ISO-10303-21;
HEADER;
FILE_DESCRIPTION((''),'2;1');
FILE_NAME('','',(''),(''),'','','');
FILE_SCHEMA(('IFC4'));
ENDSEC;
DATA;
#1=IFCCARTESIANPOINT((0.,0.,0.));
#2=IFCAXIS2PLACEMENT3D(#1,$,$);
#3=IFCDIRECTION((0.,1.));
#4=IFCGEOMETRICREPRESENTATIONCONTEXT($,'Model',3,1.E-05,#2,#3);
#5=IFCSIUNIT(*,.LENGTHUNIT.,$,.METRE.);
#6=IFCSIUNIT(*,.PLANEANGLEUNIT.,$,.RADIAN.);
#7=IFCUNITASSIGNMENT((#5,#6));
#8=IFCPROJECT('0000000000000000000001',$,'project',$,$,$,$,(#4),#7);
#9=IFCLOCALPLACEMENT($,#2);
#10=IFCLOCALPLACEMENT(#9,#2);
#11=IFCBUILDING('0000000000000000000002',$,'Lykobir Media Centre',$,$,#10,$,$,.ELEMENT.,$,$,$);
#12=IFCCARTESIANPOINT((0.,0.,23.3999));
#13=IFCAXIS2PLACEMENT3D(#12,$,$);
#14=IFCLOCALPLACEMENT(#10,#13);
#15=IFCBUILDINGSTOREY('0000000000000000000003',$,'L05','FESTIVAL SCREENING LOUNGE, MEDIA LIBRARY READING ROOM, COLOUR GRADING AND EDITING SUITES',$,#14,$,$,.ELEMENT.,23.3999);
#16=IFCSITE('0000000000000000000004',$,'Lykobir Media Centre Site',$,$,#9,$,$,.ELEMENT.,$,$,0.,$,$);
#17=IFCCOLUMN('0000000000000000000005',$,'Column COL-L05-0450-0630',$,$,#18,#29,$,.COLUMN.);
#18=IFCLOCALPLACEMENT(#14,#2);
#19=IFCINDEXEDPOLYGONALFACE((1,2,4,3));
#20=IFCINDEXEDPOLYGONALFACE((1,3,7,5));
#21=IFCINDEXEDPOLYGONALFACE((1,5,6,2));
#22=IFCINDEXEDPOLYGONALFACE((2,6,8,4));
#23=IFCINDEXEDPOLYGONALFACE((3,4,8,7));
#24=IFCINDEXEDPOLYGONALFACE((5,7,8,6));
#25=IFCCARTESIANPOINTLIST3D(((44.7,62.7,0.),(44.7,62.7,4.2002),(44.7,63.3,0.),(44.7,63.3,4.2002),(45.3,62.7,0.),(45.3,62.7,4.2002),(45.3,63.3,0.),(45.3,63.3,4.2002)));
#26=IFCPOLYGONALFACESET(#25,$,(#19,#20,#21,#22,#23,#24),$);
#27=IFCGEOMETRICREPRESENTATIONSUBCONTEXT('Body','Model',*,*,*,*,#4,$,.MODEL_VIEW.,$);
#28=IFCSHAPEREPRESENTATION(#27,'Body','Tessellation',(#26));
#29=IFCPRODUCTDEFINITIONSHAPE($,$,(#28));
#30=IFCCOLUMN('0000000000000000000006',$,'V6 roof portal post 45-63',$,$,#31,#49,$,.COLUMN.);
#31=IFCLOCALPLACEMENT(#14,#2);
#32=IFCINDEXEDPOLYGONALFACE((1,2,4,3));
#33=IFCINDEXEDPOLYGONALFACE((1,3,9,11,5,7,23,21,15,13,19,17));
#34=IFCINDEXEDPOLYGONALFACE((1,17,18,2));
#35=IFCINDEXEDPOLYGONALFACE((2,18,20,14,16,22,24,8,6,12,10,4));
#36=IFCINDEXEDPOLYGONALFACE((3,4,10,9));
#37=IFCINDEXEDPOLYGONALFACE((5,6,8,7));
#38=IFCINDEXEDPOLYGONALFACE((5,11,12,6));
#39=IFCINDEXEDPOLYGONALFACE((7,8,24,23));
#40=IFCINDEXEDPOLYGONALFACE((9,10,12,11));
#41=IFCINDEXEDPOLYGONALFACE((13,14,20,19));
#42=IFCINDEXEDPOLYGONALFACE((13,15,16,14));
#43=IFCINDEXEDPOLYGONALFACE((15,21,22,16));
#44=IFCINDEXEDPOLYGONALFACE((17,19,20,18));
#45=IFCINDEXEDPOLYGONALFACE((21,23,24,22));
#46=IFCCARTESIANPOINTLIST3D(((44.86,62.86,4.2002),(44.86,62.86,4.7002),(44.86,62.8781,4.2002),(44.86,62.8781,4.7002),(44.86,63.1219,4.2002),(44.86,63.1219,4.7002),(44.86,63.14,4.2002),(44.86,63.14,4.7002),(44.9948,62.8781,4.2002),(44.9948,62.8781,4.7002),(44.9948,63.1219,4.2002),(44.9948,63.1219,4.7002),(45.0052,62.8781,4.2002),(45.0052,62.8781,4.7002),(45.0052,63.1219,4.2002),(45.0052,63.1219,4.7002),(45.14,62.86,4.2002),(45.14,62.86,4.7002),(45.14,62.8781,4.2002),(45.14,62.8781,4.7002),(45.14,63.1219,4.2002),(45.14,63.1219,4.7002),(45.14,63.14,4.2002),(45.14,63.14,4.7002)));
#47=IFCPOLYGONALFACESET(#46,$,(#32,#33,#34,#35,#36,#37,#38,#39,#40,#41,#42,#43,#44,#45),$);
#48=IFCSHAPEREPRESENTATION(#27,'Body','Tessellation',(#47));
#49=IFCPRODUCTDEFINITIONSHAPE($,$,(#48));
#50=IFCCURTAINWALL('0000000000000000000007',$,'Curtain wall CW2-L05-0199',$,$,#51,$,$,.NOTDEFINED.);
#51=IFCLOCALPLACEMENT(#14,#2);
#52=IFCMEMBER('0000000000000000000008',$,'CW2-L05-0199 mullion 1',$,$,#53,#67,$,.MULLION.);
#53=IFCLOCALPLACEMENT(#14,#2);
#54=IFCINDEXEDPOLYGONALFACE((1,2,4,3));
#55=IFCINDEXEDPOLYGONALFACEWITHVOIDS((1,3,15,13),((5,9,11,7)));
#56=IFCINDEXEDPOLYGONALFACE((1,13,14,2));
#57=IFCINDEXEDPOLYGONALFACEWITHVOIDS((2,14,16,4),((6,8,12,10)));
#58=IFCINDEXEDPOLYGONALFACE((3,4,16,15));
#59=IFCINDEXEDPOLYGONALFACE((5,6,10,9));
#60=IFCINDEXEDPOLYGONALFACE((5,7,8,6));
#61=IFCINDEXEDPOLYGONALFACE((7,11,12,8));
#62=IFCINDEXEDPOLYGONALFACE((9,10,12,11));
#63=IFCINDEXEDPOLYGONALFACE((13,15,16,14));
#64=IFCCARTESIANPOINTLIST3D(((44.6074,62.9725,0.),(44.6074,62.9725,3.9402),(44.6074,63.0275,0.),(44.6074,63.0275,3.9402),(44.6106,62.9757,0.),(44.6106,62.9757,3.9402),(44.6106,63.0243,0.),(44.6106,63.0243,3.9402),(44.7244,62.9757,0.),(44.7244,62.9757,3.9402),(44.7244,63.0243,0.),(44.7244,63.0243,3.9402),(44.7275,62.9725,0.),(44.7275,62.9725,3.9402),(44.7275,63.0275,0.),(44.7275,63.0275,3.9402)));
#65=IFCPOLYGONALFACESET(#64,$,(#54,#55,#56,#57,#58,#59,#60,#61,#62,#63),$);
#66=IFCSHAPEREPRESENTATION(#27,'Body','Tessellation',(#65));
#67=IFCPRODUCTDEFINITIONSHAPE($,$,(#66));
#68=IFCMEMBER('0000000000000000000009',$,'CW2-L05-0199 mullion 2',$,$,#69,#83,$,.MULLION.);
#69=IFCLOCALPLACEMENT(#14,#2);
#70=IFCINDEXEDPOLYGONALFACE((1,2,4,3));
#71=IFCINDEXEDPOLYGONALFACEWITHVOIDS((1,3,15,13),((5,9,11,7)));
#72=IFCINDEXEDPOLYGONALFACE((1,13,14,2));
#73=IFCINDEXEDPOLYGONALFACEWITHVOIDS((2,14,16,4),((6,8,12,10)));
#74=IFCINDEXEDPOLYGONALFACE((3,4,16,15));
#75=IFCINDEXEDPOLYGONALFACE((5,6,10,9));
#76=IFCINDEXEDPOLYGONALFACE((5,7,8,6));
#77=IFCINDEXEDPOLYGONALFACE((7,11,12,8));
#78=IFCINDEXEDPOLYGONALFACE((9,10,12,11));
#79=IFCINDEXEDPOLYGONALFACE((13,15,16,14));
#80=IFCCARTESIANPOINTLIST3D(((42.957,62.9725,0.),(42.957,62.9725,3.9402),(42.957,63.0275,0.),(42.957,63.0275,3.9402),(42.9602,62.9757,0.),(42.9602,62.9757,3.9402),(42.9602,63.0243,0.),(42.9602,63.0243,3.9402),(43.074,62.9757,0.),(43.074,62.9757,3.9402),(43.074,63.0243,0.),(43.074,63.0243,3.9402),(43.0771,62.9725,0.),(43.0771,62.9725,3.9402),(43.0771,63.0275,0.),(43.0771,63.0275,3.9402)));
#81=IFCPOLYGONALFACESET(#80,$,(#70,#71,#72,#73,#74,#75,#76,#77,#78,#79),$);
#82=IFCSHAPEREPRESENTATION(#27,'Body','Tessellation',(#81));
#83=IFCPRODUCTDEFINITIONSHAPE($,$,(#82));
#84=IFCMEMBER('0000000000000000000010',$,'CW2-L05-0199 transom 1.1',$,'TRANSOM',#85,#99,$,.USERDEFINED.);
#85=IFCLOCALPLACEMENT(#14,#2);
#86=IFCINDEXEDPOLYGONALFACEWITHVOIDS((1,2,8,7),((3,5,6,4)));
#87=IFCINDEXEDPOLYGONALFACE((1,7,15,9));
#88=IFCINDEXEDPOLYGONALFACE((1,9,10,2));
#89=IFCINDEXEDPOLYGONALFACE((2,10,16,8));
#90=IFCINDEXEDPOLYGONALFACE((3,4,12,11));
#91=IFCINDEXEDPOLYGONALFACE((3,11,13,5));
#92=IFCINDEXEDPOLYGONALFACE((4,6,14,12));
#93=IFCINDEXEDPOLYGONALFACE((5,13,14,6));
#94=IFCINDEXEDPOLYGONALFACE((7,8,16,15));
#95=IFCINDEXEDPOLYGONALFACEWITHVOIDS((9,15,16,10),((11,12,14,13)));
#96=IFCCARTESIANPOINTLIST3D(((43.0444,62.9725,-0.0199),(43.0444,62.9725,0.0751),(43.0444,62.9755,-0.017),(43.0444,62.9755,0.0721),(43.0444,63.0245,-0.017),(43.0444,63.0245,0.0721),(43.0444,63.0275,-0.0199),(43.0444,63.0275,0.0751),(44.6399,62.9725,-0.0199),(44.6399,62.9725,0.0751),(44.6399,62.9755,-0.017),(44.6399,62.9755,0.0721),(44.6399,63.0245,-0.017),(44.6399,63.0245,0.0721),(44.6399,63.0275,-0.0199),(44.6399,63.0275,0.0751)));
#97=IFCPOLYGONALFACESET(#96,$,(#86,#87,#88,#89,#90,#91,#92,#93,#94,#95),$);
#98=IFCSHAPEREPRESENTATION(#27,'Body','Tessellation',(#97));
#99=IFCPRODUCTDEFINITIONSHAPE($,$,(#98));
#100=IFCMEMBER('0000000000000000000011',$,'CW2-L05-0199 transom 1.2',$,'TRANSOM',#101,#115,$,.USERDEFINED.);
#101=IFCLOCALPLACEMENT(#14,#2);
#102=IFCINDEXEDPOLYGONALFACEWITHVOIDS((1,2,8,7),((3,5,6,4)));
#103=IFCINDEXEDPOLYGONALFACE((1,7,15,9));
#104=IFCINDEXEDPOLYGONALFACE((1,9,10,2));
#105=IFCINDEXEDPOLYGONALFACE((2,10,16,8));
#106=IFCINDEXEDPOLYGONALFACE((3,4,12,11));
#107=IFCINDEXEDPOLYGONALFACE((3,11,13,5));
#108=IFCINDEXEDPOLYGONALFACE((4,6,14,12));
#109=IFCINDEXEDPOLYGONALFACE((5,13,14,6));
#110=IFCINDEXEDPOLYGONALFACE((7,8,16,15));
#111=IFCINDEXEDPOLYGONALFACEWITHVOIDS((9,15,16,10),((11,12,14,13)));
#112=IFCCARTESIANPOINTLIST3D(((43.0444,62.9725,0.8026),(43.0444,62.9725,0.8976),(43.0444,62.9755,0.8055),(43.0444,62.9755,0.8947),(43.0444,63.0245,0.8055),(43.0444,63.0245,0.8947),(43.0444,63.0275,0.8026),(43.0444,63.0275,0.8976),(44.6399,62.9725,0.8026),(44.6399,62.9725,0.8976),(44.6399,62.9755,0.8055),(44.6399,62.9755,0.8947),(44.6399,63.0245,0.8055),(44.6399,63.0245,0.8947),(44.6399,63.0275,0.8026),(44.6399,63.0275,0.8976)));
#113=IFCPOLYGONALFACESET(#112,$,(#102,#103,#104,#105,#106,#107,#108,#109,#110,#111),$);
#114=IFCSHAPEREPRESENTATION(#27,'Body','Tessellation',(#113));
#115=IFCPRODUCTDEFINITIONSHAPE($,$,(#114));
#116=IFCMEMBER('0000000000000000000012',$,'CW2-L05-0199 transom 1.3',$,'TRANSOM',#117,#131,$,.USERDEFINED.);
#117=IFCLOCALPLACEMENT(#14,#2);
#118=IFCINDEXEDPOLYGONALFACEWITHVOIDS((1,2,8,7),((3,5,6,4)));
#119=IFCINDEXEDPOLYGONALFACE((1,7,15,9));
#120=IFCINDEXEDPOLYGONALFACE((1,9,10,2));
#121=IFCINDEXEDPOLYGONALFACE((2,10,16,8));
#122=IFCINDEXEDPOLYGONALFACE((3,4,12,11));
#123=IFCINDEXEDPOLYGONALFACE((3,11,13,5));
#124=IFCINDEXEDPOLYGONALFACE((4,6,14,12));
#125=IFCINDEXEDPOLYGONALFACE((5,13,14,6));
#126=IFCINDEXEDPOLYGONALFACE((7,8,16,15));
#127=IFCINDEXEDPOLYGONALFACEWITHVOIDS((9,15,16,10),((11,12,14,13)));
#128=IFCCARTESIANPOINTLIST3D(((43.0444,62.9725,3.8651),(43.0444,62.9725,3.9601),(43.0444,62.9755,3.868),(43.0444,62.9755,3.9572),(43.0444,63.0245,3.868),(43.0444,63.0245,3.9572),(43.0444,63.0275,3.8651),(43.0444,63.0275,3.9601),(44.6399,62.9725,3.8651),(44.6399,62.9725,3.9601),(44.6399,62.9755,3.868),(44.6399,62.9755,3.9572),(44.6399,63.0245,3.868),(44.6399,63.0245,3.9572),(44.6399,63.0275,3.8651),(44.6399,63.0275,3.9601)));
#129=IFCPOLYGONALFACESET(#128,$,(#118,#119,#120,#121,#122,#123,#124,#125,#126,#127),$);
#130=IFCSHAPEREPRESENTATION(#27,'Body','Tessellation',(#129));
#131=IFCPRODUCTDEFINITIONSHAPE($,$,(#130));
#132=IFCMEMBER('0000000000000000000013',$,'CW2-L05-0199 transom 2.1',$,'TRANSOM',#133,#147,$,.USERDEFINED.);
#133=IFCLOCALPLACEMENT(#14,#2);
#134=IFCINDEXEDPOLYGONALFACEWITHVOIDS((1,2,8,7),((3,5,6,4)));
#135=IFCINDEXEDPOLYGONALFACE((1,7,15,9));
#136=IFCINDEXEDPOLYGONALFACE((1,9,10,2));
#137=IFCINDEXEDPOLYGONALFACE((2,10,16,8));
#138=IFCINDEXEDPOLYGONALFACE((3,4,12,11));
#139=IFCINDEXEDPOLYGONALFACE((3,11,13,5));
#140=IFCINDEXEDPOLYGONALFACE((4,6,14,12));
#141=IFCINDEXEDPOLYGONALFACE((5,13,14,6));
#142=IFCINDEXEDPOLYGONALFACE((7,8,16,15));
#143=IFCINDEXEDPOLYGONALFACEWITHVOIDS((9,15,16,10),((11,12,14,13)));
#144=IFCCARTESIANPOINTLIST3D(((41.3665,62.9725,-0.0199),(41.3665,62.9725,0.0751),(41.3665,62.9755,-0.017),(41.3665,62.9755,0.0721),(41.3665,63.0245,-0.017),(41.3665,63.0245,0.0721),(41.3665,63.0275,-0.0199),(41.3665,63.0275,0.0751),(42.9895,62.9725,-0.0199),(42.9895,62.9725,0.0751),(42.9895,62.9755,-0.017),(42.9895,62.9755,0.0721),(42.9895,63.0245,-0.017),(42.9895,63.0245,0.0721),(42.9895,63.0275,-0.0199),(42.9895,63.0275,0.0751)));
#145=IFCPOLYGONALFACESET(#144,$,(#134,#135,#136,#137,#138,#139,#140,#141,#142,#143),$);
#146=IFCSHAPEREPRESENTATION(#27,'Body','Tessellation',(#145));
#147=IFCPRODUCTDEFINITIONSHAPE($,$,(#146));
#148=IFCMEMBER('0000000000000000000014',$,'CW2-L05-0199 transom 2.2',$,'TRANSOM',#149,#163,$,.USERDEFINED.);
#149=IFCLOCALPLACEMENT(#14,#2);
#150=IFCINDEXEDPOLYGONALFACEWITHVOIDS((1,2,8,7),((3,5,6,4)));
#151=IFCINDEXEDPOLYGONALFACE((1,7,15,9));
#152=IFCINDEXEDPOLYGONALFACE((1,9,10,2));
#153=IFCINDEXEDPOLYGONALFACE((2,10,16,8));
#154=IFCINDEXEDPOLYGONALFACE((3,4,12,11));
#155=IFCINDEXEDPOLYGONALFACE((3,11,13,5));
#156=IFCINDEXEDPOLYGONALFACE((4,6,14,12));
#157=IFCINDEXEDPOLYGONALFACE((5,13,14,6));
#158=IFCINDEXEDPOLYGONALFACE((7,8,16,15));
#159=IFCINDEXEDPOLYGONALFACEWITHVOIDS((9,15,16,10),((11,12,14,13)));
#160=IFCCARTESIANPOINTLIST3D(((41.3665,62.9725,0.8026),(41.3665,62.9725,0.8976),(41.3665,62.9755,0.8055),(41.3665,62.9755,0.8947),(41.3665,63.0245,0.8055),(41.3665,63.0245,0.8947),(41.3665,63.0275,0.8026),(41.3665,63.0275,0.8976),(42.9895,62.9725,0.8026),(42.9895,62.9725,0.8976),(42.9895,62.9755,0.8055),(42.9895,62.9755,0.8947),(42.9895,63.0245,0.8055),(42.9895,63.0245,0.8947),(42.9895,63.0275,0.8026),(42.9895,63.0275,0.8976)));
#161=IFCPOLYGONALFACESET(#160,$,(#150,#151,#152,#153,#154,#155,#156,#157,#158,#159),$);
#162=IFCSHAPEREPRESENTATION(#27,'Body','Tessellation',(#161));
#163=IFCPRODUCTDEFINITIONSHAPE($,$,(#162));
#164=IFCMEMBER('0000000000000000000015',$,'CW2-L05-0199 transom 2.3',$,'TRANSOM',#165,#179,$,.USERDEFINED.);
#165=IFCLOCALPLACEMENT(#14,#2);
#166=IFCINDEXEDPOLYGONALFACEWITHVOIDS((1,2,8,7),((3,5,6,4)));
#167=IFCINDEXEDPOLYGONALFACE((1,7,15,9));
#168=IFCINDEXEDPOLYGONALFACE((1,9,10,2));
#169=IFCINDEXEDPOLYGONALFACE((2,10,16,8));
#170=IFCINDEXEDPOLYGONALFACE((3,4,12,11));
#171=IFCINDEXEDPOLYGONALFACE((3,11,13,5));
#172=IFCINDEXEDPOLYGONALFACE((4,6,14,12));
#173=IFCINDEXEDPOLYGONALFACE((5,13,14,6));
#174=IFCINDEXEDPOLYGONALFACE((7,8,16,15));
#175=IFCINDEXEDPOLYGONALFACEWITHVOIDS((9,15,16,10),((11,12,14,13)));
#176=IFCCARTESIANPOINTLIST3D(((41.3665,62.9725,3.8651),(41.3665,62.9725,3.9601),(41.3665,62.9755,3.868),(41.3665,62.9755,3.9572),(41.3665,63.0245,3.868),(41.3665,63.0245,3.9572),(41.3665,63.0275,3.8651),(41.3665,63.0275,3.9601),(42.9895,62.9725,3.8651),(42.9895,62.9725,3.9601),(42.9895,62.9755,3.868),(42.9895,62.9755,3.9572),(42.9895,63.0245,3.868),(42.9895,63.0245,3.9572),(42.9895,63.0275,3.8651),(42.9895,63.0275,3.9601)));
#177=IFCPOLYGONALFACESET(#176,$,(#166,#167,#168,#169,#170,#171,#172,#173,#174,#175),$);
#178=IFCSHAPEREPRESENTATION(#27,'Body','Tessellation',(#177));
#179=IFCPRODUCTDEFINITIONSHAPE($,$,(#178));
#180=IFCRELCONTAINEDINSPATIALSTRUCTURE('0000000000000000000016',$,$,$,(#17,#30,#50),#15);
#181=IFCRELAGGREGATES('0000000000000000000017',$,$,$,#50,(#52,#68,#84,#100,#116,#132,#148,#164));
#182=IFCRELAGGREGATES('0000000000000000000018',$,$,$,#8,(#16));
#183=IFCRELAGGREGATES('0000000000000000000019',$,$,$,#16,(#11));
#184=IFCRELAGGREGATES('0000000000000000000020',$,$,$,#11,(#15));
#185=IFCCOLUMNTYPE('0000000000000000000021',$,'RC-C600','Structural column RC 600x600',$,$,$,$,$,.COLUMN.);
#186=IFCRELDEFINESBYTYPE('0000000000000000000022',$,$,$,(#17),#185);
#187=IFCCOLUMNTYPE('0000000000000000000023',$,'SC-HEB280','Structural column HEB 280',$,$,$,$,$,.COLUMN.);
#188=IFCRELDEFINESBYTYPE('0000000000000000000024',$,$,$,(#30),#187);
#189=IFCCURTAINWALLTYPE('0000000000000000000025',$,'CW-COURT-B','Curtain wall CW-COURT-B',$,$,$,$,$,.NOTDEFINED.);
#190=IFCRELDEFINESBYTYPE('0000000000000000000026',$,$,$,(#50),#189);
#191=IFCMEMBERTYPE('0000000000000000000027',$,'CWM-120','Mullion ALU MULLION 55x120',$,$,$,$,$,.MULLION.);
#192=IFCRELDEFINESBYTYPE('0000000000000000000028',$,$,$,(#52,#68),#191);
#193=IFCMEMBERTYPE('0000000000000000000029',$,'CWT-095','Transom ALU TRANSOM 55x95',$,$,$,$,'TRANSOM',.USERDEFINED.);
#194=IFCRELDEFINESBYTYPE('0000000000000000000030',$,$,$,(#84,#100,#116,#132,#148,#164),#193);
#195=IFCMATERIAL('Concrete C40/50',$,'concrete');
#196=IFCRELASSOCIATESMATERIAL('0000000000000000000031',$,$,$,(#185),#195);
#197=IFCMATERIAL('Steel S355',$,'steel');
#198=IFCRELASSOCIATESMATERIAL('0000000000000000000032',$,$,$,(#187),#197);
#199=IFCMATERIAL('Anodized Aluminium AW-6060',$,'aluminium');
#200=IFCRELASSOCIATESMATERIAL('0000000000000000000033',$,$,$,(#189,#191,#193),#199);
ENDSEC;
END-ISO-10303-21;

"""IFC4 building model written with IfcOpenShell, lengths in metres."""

from ifc_helpers import new_model, si_unit, direction, frame, origin, origin_2d, place, context, subcontext, project, spatial, rectangle, hollow_rectangle, i_section, extrude, material, material_profile, profile_set, type_object, element, aggregate, save


model = new_model("IFC4")

# Units and contexts
model_context = context("Model", 3, precision=1e-05, world=origin(), true_north=direction((0.0, 1.0)))
body_context = subcontext(model_context, "Body", "Model", "MODEL_VIEW")
ifc_project = project(units=[si_unit("LENGTHUNIT", "METRE"), si_unit("PLANEANGLEUNIT", "RADIAN")], contexts=[model_context])

# Site, building, storey
site_placement = place(None, origin())
site = spatial("IfcSite", under=ifc_project, at=site_placement, Name="Lykobir Media Centre Site", CompositionType="ELEMENT", RefElevation=0.0)
building_placement = place(site_placement, origin())
building = spatial("IfcBuilding", under=site, at=building_placement, Name="Lykobir Media Centre", CompositionType="ELEMENT")
storey_placement = place(building_placement, frame((0.0, 0.0, 23.3999)))
storey = spatial("IfcBuildingStorey", under=building, at=storey_placement, Name="L05", Description="FESTIVAL SCREENING LOUNGE, MEDIA LIBRARY READING ROOM, COLOUR GRADING AND EDITING SUITES", CompositionType="ELEMENT", Elevation=23.3999)

# Columns
ifc_material_1 = material(Name="Concrete C40/50", Category="concrete")
ifc_material_profile_1 = material_profile(ifc_material_1, rectangle(XDim=0.6001, YDim=0.6001, at=origin_2d()), Name="RC 600x600")
ifc_profile_set_1 = profile_set([ifc_material_profile_1], Name="Concrete C40/50")
column_type_1 = type_object("IfcColumnType", Name="RC-C600", Description="Structural column RC 600x600", PredefinedType="COLUMN", material=ifc_profile_set_1)
column_1_placement = place(storey_placement, frame((45.0, 63.0, 0.0), z_axis=(0.0, 0.0, 1.0), x_axis=(1.0, 0.0, 0.0)))
element("IfcColumn", 1, at=column_1_placement, inside=storey, type_object=column_type_1, Name="Column COL-L05-0450-0630", PredefinedType="COLUMN", context=body_context, shape_type="SweptSolid", body=[
    extrude(rectangle(XDim=0.6001, YDim=0.6001, at=origin_2d()), origin(), (0.0, 0.0, 1.0), 4.2002),
])
ifc_material_2 = material(Name="Steel S355", Category="steel")
ifc_material_profile_2 = material_profile(ifc_material_2, i_section(OverallWidth=0.28, OverallDepth=0.28, WebThickness=0.0105, FlangeThickness=0.0181, at=origin_2d()), Name="HEB 280")
ifc_profile_set_2 = profile_set([ifc_material_profile_2], Name="Steel S355")
column_type_2 = type_object("IfcColumnType", Name="SC-HEB280", Description="Structural column HEB 280", PredefinedType="COLUMN", material=ifc_profile_set_2)
column_2_placement = place(storey_placement, frame((45.0, 63.0, 4.2002), z_axis=(0.0, 0.0, 1.0), x_axis=(1.0, 0.0, 0.0)))
element("IfcColumn", 2, at=column_2_placement, inside=storey, type_object=column_type_2, Name="V6 roof portal post 45-63", PredefinedType="COLUMN", context=body_context, shape_type="SweptSolid", body=[
    extrude(i_section(OverallWidth=0.28, OverallDepth=0.28, WebThickness=0.0105, FlangeThickness=0.0181, at=origin_2d()), origin(), (0.0, 0.0, 1.0), 0.5),
])

# Curtain wall, members
ifc_material_3 = material(Name="Anodized Aluminium AW-6060", Category="aluminium")
curtain_wall_type_1 = type_object("IfcCurtainWallType", Name="CW-COURT-B", Description="Curtain wall CW-COURT-B", PredefinedType="NOTDEFINED", material=ifc_material_3)
curtain_wall_1_placement = place(storey_placement, origin())
curtain_wall_1 = element("IfcCurtainWall", 3, at=curtain_wall_1_placement, inside=storey, type_object=curtain_wall_type_1, Name="Curtain wall CW2-L05-0199", PredefinedType="NOTDEFINED")
ifc_material_profile_3 = material_profile(ifc_material_3, hollow_rectangle(XDim=0.0549, YDim=0.1201, WallThickness=0.0032, at=origin_2d()), Name="ALU MULLION 55x120")
ifc_profile_set_3 = profile_set([ifc_material_profile_3], Name="Anodized Aluminium AW-6060")
member_type_1 = type_object("IfcMemberType", Name="CWM-120", Description="Mullion ALU MULLION 55x120", PredefinedType="MULLION", material=ifc_profile_set_3)
member_1_placement = place(storey_placement, frame((44.6675, 63.0, 0.0), z_axis=(0.0, 0.0, 1.0), x_axis=(0.0, -1.0, 0.0)))
member_1 = element("IfcMember", 4, at=member_1_placement, type_object=member_type_1, Name="CW2-L05-0199 mullion 1", PredefinedType="MULLION", context=body_context, shape_type="SweptSolid", body=[
    extrude(hollow_rectangle(XDim=0.0549, YDim=0.1201, WallThickness=0.0032, at=origin_2d()), origin(), (0.0, 0.0, 1.0), 3.9402),
])
member_2_placement = place(storey_placement, frame((43.0171, 63.0, 0.0), z_axis=(0.0, 0.0, 1.0), x_axis=(0.0, -1.0, 0.0)))
member_2 = element("IfcMember", 5, at=member_2_placement, type_object=member_type_1, Name="CW2-L05-0199 mullion 2", PredefinedType="MULLION", context=body_context, shape_type="SweptSolid", body=[
    extrude(hollow_rectangle(XDim=0.0549, YDim=0.1201, WallThickness=0.0032, at=origin_2d()), origin(), (0.0, 0.0, 1.0), 3.9402),
])
ifc_material_profile_4 = material_profile(ifc_material_3, hollow_rectangle(XDim=0.0549, YDim=0.095, WallThickness=0.0029, at=origin_2d()), Name="ALU TRANSOM 55x95")
ifc_profile_set_4 = profile_set([ifc_material_profile_4], Name="Anodized Aluminium AW-6060")
member_type_2 = type_object("IfcMemberType", Name="CWT-095", Description="Transom ALU TRANSOM 55x95", ElementType="TRANSOM", PredefinedType="USERDEFINED", material=ifc_profile_set_4)
member_3_placement = place(storey_placement, frame((44.6399, 63.0, 0.0276), z_axis=(-1.0, 0.0, 0.0), x_axis=(0.0, -1.0, 0.0)))
member_3 = element("IfcMember", 6, at=member_3_placement, type_object=member_type_2, Name="CW2-L05-0199 transom 1.1", ObjectType="TRANSOM", PredefinedType="USERDEFINED", context=body_context, shape_type="SweptSolid", body=[
    extrude(hollow_rectangle(XDim=0.0549, YDim=0.095, WallThickness=0.0029, at=origin_2d()), origin(), (0.0, 0.0, 1.0), 1.5955),
])
member_4_placement = place(storey_placement, frame((44.6399, 63.0, 0.8501), z_axis=(-1.0, 0.0, 0.0), x_axis=(0.0, -1.0, 0.0)))
member_4 = element("IfcMember", 7, at=member_4_placement, type_object=member_type_2, Name="CW2-L05-0199 transom 1.2", ObjectType="TRANSOM", PredefinedType="USERDEFINED", context=body_context, shape_type="SweptSolid", body=[
    extrude(hollow_rectangle(XDim=0.0549, YDim=0.095, WallThickness=0.0029, at=origin_2d()), origin(), (0.0, 0.0, 1.0), 1.5955),
])
member_5_placement = place(storey_placement, frame((44.6399, 63.0, 3.9126), z_axis=(-1.0, 0.0, 0.0), x_axis=(0.0, -1.0, 0.0)))
member_5 = element("IfcMember", 8, at=member_5_placement, type_object=member_type_2, Name="CW2-L05-0199 transom 1.3", ObjectType="TRANSOM", PredefinedType="USERDEFINED", context=body_context, shape_type="SweptSolid", body=[
    extrude(hollow_rectangle(XDim=0.0549, YDim=0.095, WallThickness=0.0029, at=origin_2d()), origin(), (0.0, 0.0, 1.0), 1.5955),
])
member_6_placement = place(storey_placement, frame((42.9895, 63.0, 0.0276), z_axis=(-1.0, 0.0, 0.0), x_axis=(0.0, -1.0, 0.0)))
member_6 = element("IfcMember", 9, at=member_6_placement, type_object=member_type_2, Name="CW2-L05-0199 transom 2.1", ObjectType="TRANSOM", PredefinedType="USERDEFINED", context=body_context, shape_type="SweptSolid", body=[
    extrude(hollow_rectangle(XDim=0.0549, YDim=0.095, WallThickness=0.0029, at=origin_2d()), origin(), (0.0, 0.0, 1.0), 1.623),
])
member_7_placement = place(storey_placement, frame((42.9895, 63.0, 0.8501), z_axis=(-1.0, 0.0, 0.0), x_axis=(0.0, -1.0, 0.0)))
member_7 = element("IfcMember", 10, at=member_7_placement, type_object=member_type_2, Name="CW2-L05-0199 transom 2.2", ObjectType="TRANSOM", PredefinedType="USERDEFINED", context=body_context, shape_type="SweptSolid", body=[
    extrude(hollow_rectangle(XDim=0.0549, YDim=0.095, WallThickness=0.0029, at=origin_2d()), origin(), (0.0, 0.0, 1.0), 1.623),
])
member_8_placement = place(storey_placement, frame((42.9895, 63.0, 3.9126), z_axis=(-1.0, 0.0, 0.0), x_axis=(0.0, -1.0, 0.0)))
member_8 = element("IfcMember", 11, at=member_8_placement, type_object=member_type_2, Name="CW2-L05-0199 transom 2.3", ObjectType="TRANSOM", PredefinedType="USERDEFINED", context=body_context, shape_type="SweptSolid", body=[
    extrude(hollow_rectangle(XDim=0.0549, YDim=0.095, WallThickness=0.0029, at=origin_2d()), origin(), (0.0, 0.0, 1.0), 1.623),
])

aggregate(curtain_wall_1, [member_1, member_2, member_3, member_4, member_5, member_6, member_7, member_8])

save(model, "model.ifc")
